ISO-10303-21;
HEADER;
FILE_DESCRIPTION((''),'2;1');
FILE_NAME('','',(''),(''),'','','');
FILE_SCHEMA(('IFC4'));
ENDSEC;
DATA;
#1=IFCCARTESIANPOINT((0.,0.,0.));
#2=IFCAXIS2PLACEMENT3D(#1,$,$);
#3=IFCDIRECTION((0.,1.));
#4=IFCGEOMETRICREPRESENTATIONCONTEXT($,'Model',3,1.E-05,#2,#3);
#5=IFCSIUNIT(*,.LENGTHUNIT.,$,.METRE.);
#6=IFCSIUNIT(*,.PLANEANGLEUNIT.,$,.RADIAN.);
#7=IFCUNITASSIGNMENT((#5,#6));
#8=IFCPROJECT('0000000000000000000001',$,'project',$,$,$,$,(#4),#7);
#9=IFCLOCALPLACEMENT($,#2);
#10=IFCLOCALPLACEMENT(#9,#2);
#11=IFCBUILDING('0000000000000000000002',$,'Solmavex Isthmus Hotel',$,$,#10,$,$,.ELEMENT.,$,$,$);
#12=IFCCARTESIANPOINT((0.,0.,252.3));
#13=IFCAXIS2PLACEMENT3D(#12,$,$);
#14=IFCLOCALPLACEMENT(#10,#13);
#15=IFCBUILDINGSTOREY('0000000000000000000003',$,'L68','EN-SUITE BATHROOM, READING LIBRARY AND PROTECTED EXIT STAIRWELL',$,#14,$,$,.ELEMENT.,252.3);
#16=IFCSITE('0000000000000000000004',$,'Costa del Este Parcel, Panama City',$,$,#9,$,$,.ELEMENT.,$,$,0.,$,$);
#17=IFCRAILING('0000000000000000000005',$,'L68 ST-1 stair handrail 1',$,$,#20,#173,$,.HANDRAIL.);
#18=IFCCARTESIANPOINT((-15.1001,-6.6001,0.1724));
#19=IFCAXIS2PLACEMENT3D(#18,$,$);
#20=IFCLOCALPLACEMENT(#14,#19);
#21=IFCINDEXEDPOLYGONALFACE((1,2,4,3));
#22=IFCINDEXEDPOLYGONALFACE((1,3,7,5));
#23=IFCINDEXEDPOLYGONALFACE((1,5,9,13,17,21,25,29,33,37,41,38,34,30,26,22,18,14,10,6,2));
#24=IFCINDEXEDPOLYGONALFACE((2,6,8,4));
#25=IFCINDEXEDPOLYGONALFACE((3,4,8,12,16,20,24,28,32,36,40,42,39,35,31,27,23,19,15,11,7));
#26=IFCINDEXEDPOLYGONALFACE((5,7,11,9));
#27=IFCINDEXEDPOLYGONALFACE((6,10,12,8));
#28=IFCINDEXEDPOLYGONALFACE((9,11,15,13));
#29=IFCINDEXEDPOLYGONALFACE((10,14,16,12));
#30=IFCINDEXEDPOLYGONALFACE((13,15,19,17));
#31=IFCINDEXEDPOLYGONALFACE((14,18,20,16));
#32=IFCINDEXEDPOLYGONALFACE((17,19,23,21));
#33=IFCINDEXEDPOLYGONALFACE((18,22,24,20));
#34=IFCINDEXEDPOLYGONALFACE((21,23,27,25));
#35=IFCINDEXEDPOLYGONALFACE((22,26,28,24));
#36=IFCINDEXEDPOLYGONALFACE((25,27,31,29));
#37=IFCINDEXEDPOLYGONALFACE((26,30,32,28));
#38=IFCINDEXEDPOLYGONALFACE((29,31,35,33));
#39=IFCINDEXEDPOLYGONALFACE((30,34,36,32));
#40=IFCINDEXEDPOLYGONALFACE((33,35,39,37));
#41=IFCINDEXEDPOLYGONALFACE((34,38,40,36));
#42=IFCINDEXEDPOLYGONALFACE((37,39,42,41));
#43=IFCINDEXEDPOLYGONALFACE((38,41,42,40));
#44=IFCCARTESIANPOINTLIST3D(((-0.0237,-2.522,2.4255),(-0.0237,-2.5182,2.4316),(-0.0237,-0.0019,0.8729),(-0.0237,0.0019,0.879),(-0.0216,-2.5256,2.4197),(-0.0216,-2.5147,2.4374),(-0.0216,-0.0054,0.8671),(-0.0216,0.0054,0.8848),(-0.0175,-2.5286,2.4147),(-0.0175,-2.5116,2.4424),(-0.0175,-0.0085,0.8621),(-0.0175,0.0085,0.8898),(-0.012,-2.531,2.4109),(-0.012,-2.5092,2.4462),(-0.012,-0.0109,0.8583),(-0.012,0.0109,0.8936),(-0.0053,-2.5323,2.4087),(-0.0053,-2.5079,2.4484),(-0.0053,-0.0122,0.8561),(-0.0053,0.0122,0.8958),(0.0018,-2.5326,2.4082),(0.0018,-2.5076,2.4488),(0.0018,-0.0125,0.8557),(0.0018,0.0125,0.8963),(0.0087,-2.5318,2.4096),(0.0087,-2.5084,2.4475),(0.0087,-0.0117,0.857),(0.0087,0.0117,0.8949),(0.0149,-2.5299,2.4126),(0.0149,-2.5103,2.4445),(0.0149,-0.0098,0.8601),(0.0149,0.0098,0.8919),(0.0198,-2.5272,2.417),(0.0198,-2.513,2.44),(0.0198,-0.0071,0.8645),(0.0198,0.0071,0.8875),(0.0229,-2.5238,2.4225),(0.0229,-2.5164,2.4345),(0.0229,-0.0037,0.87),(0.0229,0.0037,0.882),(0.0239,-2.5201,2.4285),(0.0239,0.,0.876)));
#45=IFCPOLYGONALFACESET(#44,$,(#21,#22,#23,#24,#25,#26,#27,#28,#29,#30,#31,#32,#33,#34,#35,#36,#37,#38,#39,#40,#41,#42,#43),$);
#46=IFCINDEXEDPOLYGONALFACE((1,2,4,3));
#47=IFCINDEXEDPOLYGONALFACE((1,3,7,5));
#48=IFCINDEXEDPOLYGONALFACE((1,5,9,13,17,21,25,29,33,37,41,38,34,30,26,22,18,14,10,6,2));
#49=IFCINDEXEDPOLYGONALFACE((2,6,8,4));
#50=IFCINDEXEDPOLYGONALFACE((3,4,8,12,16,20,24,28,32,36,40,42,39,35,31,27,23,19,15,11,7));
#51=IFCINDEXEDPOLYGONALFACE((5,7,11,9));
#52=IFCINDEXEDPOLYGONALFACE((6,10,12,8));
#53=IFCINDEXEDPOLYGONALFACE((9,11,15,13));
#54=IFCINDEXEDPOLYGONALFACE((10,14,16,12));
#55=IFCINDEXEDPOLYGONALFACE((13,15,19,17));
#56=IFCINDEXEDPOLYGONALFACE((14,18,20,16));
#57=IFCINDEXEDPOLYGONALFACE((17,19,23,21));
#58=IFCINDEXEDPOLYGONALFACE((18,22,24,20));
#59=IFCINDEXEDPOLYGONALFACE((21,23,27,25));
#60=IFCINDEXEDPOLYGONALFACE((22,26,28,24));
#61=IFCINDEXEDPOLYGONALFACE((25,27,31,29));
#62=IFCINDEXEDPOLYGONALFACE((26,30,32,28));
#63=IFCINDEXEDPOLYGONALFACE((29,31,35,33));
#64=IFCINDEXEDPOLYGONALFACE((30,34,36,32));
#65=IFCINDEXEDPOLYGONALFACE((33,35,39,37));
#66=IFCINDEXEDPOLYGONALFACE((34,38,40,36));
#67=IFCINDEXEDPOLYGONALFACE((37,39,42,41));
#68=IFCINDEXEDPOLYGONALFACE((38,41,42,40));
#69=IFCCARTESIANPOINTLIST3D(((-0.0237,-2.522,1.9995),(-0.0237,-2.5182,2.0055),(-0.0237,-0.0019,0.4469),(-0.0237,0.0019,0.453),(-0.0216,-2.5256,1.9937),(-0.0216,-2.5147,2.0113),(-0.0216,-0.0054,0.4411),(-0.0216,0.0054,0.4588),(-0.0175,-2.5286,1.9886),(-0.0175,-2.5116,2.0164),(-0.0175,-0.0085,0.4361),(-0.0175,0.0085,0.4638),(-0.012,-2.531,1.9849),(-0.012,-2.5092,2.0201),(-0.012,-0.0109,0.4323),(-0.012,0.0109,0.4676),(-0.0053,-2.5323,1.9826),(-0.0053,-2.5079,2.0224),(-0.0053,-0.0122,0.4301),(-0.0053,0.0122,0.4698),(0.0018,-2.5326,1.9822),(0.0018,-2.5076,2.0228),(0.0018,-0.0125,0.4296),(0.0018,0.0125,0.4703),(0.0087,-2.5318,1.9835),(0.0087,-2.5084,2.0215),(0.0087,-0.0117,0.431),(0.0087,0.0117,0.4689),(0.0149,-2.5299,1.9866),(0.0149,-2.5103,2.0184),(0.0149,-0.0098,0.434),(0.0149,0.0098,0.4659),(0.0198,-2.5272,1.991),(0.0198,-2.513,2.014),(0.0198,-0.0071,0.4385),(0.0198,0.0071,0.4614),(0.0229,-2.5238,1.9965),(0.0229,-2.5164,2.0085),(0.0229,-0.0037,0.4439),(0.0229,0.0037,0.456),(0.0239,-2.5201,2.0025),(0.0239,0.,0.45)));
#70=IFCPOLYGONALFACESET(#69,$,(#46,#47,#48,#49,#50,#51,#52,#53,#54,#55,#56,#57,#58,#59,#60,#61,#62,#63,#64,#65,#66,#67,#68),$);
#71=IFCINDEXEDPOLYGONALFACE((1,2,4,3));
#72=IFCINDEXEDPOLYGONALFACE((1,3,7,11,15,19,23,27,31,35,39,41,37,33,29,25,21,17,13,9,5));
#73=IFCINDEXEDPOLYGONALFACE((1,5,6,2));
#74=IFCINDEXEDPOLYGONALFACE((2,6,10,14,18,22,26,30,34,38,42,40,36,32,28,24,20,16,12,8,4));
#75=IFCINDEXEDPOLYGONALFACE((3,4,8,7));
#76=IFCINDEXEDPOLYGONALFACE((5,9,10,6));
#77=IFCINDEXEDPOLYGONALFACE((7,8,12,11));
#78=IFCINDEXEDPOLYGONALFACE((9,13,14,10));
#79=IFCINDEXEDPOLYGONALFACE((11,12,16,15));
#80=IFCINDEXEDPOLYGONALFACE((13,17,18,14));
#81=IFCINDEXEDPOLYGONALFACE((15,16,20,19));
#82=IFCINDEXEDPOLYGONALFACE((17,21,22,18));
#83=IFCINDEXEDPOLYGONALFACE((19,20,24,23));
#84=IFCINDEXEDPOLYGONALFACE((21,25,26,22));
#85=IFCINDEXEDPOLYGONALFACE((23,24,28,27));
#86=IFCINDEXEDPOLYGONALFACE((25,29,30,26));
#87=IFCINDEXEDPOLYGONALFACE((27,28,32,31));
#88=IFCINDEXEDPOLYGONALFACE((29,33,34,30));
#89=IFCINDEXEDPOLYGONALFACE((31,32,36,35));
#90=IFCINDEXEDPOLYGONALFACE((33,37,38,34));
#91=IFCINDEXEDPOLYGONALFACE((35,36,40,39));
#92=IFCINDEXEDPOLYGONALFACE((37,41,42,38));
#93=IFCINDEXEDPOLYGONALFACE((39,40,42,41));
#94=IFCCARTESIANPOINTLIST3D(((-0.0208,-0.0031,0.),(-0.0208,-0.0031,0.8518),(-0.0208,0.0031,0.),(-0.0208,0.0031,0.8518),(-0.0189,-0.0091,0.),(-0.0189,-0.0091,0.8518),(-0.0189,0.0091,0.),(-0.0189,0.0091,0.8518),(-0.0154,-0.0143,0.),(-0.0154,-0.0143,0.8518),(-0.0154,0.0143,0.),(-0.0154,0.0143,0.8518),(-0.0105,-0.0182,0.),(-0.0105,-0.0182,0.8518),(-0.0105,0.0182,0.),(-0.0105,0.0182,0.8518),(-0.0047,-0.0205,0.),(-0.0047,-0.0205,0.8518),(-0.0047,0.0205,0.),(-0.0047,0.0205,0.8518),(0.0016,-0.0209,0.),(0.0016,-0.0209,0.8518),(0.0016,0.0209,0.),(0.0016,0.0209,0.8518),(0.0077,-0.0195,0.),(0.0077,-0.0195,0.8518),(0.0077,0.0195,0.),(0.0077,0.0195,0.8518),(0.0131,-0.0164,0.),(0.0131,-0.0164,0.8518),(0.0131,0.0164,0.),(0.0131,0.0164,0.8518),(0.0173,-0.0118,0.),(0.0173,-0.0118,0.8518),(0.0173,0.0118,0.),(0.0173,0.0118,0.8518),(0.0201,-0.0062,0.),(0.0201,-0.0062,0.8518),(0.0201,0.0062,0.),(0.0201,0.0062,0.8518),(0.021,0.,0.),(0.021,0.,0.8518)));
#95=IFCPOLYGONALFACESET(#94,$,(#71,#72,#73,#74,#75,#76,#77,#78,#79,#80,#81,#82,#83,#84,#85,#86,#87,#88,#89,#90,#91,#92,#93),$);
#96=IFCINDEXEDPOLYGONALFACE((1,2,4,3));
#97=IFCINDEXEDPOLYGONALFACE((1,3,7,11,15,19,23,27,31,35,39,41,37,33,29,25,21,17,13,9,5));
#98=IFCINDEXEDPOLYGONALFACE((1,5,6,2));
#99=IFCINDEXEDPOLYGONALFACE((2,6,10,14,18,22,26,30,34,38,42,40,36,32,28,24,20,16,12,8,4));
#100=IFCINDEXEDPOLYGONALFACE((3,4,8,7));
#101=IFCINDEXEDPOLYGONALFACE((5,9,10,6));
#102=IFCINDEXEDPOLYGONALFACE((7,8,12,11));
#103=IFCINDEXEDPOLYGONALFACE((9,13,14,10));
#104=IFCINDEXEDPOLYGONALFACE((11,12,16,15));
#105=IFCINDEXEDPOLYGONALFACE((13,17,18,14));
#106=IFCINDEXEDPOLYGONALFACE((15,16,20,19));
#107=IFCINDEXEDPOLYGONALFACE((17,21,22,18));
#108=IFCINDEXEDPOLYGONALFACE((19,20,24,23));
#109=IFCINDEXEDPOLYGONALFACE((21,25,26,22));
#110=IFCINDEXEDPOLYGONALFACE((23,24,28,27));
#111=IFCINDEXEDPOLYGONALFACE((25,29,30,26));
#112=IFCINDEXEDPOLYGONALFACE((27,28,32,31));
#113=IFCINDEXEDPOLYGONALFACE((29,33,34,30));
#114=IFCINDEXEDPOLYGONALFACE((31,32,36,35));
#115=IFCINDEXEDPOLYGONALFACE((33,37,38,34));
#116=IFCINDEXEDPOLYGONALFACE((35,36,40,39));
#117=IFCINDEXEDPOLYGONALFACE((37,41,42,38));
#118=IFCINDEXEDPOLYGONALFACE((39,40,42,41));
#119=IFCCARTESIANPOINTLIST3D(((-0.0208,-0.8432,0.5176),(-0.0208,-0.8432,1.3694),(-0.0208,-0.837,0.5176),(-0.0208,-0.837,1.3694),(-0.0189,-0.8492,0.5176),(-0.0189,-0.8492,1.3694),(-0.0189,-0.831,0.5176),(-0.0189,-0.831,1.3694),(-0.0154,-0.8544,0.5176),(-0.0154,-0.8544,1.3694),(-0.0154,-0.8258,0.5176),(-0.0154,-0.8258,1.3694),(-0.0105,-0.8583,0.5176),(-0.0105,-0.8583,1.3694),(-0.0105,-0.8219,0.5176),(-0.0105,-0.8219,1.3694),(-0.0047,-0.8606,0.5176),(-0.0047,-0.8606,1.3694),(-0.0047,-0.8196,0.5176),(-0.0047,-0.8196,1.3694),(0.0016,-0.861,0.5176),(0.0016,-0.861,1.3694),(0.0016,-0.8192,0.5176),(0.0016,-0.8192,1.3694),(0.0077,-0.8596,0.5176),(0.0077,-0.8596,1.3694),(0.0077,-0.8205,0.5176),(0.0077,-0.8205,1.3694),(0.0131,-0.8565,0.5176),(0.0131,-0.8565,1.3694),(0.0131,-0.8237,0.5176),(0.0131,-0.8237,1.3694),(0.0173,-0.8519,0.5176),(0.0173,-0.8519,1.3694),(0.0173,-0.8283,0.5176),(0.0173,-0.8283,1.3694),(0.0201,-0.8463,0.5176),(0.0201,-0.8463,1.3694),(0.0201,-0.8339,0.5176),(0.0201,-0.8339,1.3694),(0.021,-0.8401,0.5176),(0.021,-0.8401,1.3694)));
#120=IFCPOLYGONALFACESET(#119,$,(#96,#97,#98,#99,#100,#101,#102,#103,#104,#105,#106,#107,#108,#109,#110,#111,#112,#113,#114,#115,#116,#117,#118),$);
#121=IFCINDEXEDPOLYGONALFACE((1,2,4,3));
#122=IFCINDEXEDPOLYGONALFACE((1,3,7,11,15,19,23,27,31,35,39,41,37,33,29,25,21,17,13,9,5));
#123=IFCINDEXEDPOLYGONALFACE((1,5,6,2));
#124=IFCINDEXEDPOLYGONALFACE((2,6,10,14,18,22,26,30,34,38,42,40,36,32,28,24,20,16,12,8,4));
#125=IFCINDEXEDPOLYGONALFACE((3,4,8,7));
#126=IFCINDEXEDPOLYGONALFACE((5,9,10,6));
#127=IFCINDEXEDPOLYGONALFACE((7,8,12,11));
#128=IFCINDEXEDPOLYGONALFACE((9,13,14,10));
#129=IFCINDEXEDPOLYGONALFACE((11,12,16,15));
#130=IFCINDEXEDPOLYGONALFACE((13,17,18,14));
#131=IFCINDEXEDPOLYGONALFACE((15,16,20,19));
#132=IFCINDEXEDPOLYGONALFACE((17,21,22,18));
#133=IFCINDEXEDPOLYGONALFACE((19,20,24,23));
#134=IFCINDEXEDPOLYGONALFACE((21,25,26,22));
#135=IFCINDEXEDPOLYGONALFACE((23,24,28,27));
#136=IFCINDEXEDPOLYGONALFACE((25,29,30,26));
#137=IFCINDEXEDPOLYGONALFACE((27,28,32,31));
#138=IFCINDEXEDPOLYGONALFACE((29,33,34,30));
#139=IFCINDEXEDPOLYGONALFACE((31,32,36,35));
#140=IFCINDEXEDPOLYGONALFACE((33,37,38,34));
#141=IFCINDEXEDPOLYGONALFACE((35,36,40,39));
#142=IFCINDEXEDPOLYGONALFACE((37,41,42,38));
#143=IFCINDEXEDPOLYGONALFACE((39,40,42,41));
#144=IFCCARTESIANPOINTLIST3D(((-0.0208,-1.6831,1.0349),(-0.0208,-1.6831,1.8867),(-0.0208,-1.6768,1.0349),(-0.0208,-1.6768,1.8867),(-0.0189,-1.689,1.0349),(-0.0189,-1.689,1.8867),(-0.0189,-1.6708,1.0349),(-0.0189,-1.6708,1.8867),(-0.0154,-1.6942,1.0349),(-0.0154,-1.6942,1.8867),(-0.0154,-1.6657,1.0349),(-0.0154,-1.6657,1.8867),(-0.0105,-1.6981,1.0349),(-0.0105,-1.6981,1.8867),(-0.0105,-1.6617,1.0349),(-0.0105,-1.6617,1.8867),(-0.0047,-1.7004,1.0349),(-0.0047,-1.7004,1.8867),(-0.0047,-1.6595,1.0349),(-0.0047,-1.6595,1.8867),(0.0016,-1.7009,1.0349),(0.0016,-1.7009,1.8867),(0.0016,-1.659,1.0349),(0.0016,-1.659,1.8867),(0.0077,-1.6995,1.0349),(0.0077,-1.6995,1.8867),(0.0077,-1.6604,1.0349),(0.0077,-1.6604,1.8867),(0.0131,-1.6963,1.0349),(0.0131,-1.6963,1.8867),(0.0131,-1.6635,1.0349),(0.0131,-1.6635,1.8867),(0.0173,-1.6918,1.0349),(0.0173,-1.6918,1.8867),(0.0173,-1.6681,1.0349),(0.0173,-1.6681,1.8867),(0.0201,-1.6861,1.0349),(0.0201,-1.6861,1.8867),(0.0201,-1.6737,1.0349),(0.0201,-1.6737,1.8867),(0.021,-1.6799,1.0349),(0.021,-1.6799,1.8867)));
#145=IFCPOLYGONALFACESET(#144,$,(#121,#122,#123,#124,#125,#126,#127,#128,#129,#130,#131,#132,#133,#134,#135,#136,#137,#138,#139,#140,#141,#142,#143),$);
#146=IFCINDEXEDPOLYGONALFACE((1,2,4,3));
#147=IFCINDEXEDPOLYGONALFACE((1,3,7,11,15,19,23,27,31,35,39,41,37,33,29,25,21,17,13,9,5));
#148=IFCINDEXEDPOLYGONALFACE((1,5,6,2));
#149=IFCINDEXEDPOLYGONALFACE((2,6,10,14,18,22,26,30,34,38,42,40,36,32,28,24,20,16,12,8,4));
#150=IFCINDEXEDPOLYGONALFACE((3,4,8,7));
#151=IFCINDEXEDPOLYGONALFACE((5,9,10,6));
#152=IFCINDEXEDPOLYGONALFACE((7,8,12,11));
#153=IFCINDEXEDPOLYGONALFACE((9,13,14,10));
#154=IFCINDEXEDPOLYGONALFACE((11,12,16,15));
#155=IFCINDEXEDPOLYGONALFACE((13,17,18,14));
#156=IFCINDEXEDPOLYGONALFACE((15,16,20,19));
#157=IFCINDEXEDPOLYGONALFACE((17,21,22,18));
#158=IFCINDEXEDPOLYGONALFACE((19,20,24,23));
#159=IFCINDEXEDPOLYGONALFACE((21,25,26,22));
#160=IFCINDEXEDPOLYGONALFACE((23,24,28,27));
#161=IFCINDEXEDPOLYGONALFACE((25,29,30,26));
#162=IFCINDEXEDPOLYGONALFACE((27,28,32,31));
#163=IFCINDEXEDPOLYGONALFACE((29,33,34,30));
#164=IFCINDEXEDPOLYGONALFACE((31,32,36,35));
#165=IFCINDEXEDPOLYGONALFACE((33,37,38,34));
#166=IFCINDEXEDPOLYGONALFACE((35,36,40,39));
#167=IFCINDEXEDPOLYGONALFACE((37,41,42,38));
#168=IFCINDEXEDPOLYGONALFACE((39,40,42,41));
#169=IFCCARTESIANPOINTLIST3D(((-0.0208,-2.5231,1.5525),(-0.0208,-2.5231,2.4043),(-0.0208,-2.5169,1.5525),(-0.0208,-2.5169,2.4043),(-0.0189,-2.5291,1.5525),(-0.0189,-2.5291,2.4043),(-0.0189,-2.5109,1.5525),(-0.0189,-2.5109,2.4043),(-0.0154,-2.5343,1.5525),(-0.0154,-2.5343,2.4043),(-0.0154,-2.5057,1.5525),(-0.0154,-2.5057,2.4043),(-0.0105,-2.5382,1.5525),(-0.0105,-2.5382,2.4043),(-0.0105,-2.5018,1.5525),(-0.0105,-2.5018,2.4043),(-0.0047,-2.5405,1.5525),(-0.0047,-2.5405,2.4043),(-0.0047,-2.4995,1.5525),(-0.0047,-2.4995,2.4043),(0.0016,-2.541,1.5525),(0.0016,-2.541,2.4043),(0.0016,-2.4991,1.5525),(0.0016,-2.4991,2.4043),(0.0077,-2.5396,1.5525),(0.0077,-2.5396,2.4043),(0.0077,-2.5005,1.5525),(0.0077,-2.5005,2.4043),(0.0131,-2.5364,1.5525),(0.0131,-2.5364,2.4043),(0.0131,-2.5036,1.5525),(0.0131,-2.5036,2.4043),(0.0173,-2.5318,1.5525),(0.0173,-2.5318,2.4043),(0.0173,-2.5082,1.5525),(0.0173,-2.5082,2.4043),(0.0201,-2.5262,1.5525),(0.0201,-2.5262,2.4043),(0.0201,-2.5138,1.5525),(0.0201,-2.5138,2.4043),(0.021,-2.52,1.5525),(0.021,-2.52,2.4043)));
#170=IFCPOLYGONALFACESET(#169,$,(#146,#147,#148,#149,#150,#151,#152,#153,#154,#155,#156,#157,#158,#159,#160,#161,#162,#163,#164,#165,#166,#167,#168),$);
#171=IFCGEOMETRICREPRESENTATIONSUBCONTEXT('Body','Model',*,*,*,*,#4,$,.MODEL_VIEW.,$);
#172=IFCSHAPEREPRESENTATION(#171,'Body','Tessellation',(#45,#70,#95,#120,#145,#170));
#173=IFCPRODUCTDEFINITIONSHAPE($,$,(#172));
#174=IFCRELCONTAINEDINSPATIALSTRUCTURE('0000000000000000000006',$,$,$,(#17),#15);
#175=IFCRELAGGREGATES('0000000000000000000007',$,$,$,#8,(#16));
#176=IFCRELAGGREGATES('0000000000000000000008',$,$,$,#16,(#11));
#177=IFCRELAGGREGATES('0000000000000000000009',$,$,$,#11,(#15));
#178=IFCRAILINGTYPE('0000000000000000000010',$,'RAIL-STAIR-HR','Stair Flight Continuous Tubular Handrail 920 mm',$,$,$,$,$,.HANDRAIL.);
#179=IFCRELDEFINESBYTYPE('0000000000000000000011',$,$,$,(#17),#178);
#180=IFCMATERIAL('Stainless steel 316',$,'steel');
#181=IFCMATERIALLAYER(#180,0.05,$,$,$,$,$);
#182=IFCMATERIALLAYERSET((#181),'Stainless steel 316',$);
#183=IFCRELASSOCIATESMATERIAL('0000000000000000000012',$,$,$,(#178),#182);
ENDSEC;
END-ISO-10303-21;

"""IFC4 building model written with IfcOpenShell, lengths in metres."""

from ifc_helpers import new_model, si_unit, direction, frame, origin, origin_2d, place, context, subcontext, project, spatial, circle, extrude, material, layer, layer_set, type_object, element, save


model = new_model("IFC4")

# Units and contexts
model_context = context("Model", 3, precision=1e-05, world=origin(), true_north=direction((0.0, 1.0)))
body_context = subcontext(model_context, "Body", "Model", "MODEL_VIEW")
ifc_project = project(units=[si_unit("LENGTHUNIT", "METRE"), si_unit("PLANEANGLEUNIT", "RADIAN")], contexts=[model_context])

# Site, building, storey
site_placement = place(None, origin())
site = spatial("IfcSite", under=ifc_project, at=site_placement, Name="Costa del Este Parcel, Panama City", CompositionType="ELEMENT", RefElevation=0.0)
building_placement = place(site_placement, origin())
building = spatial("IfcBuilding", under=site, at=building_placement, Name="Solmavex Isthmus Hotel", CompositionType="ELEMENT")
storey_placement = place(building_placement, frame((0.0, 0.0, 252.3)))
storey = spatial("IfcBuildingStorey", under=building, at=storey_placement, Name="L68", Description="EN-SUITE BATHROOM, READING LIBRARY AND PROTECTED EXIT STAIRWELL", CompositionType="ELEMENT", Elevation=252.3)

# Railing
ifc_material_1 = material(Name="Stainless steel 316", Category="steel")
ifc_layer_1 = layer(ifc_material_1, 0.05)
ifc_layer_set_1 = layer_set([ifc_layer_1], Name="Stainless steel 316")
railing_type_1 = type_object("IfcRailingType", Name="RAIL-STAIR-HR", Description="Stair Flight Continuous Tubular Handrail 920 mm", PredefinedType="HANDRAIL", material=ifc_layer_set_1)
railing_1_placement = place(storey_placement, frame((-15.1001, -6.6001, 0.1724)))
element("IfcRailing", 1, at=railing_1_placement, inside=storey, type_object=railing_type_1, Name="L68 ST-1 stair handrail 1", PredefinedType="HANDRAIL", context=body_context, shape_type="SweptSolid", body=[
    extrude(circle(Radius=0.0239, at=origin_2d()), frame((0.0, 0.0, 0.876), z_axis=(0.0, -0.8514, 0.524516), x_axis=(1.0, 0.0, 0.0)), (0.0, 0.0, 1.0), 2.96),
    extrude(circle(Radius=0.0239, at=origin_2d()), frame((0.0, 0.0, 0.45), z_axis=(0.0, -0.8514, 0.524516), x_axis=(1.0, 0.0, 0.0)), (0.0, 0.0, 1.0), 2.96),
    extrude(circle(Radius=0.021, at=origin_2d()), origin(), (0.0, 0.0, 1.0), 0.8518),
    extrude(circle(Radius=0.021, at=origin_2d()), frame((0.0, -0.8401, 0.5176)), (0.0, 0.0, 1.0), 0.8518),
    extrude(circle(Radius=0.021, at=origin_2d()), frame((0.0, -1.6799, 1.0349)), (0.0, 0.0, 1.0), 0.8518),
    extrude(circle(Radius=0.021, at=origin_2d()), frame((0.0, -2.52, 1.5525)), (0.0, 0.0, 1.0), 0.8518),
])

save(model, "model.ifc")
